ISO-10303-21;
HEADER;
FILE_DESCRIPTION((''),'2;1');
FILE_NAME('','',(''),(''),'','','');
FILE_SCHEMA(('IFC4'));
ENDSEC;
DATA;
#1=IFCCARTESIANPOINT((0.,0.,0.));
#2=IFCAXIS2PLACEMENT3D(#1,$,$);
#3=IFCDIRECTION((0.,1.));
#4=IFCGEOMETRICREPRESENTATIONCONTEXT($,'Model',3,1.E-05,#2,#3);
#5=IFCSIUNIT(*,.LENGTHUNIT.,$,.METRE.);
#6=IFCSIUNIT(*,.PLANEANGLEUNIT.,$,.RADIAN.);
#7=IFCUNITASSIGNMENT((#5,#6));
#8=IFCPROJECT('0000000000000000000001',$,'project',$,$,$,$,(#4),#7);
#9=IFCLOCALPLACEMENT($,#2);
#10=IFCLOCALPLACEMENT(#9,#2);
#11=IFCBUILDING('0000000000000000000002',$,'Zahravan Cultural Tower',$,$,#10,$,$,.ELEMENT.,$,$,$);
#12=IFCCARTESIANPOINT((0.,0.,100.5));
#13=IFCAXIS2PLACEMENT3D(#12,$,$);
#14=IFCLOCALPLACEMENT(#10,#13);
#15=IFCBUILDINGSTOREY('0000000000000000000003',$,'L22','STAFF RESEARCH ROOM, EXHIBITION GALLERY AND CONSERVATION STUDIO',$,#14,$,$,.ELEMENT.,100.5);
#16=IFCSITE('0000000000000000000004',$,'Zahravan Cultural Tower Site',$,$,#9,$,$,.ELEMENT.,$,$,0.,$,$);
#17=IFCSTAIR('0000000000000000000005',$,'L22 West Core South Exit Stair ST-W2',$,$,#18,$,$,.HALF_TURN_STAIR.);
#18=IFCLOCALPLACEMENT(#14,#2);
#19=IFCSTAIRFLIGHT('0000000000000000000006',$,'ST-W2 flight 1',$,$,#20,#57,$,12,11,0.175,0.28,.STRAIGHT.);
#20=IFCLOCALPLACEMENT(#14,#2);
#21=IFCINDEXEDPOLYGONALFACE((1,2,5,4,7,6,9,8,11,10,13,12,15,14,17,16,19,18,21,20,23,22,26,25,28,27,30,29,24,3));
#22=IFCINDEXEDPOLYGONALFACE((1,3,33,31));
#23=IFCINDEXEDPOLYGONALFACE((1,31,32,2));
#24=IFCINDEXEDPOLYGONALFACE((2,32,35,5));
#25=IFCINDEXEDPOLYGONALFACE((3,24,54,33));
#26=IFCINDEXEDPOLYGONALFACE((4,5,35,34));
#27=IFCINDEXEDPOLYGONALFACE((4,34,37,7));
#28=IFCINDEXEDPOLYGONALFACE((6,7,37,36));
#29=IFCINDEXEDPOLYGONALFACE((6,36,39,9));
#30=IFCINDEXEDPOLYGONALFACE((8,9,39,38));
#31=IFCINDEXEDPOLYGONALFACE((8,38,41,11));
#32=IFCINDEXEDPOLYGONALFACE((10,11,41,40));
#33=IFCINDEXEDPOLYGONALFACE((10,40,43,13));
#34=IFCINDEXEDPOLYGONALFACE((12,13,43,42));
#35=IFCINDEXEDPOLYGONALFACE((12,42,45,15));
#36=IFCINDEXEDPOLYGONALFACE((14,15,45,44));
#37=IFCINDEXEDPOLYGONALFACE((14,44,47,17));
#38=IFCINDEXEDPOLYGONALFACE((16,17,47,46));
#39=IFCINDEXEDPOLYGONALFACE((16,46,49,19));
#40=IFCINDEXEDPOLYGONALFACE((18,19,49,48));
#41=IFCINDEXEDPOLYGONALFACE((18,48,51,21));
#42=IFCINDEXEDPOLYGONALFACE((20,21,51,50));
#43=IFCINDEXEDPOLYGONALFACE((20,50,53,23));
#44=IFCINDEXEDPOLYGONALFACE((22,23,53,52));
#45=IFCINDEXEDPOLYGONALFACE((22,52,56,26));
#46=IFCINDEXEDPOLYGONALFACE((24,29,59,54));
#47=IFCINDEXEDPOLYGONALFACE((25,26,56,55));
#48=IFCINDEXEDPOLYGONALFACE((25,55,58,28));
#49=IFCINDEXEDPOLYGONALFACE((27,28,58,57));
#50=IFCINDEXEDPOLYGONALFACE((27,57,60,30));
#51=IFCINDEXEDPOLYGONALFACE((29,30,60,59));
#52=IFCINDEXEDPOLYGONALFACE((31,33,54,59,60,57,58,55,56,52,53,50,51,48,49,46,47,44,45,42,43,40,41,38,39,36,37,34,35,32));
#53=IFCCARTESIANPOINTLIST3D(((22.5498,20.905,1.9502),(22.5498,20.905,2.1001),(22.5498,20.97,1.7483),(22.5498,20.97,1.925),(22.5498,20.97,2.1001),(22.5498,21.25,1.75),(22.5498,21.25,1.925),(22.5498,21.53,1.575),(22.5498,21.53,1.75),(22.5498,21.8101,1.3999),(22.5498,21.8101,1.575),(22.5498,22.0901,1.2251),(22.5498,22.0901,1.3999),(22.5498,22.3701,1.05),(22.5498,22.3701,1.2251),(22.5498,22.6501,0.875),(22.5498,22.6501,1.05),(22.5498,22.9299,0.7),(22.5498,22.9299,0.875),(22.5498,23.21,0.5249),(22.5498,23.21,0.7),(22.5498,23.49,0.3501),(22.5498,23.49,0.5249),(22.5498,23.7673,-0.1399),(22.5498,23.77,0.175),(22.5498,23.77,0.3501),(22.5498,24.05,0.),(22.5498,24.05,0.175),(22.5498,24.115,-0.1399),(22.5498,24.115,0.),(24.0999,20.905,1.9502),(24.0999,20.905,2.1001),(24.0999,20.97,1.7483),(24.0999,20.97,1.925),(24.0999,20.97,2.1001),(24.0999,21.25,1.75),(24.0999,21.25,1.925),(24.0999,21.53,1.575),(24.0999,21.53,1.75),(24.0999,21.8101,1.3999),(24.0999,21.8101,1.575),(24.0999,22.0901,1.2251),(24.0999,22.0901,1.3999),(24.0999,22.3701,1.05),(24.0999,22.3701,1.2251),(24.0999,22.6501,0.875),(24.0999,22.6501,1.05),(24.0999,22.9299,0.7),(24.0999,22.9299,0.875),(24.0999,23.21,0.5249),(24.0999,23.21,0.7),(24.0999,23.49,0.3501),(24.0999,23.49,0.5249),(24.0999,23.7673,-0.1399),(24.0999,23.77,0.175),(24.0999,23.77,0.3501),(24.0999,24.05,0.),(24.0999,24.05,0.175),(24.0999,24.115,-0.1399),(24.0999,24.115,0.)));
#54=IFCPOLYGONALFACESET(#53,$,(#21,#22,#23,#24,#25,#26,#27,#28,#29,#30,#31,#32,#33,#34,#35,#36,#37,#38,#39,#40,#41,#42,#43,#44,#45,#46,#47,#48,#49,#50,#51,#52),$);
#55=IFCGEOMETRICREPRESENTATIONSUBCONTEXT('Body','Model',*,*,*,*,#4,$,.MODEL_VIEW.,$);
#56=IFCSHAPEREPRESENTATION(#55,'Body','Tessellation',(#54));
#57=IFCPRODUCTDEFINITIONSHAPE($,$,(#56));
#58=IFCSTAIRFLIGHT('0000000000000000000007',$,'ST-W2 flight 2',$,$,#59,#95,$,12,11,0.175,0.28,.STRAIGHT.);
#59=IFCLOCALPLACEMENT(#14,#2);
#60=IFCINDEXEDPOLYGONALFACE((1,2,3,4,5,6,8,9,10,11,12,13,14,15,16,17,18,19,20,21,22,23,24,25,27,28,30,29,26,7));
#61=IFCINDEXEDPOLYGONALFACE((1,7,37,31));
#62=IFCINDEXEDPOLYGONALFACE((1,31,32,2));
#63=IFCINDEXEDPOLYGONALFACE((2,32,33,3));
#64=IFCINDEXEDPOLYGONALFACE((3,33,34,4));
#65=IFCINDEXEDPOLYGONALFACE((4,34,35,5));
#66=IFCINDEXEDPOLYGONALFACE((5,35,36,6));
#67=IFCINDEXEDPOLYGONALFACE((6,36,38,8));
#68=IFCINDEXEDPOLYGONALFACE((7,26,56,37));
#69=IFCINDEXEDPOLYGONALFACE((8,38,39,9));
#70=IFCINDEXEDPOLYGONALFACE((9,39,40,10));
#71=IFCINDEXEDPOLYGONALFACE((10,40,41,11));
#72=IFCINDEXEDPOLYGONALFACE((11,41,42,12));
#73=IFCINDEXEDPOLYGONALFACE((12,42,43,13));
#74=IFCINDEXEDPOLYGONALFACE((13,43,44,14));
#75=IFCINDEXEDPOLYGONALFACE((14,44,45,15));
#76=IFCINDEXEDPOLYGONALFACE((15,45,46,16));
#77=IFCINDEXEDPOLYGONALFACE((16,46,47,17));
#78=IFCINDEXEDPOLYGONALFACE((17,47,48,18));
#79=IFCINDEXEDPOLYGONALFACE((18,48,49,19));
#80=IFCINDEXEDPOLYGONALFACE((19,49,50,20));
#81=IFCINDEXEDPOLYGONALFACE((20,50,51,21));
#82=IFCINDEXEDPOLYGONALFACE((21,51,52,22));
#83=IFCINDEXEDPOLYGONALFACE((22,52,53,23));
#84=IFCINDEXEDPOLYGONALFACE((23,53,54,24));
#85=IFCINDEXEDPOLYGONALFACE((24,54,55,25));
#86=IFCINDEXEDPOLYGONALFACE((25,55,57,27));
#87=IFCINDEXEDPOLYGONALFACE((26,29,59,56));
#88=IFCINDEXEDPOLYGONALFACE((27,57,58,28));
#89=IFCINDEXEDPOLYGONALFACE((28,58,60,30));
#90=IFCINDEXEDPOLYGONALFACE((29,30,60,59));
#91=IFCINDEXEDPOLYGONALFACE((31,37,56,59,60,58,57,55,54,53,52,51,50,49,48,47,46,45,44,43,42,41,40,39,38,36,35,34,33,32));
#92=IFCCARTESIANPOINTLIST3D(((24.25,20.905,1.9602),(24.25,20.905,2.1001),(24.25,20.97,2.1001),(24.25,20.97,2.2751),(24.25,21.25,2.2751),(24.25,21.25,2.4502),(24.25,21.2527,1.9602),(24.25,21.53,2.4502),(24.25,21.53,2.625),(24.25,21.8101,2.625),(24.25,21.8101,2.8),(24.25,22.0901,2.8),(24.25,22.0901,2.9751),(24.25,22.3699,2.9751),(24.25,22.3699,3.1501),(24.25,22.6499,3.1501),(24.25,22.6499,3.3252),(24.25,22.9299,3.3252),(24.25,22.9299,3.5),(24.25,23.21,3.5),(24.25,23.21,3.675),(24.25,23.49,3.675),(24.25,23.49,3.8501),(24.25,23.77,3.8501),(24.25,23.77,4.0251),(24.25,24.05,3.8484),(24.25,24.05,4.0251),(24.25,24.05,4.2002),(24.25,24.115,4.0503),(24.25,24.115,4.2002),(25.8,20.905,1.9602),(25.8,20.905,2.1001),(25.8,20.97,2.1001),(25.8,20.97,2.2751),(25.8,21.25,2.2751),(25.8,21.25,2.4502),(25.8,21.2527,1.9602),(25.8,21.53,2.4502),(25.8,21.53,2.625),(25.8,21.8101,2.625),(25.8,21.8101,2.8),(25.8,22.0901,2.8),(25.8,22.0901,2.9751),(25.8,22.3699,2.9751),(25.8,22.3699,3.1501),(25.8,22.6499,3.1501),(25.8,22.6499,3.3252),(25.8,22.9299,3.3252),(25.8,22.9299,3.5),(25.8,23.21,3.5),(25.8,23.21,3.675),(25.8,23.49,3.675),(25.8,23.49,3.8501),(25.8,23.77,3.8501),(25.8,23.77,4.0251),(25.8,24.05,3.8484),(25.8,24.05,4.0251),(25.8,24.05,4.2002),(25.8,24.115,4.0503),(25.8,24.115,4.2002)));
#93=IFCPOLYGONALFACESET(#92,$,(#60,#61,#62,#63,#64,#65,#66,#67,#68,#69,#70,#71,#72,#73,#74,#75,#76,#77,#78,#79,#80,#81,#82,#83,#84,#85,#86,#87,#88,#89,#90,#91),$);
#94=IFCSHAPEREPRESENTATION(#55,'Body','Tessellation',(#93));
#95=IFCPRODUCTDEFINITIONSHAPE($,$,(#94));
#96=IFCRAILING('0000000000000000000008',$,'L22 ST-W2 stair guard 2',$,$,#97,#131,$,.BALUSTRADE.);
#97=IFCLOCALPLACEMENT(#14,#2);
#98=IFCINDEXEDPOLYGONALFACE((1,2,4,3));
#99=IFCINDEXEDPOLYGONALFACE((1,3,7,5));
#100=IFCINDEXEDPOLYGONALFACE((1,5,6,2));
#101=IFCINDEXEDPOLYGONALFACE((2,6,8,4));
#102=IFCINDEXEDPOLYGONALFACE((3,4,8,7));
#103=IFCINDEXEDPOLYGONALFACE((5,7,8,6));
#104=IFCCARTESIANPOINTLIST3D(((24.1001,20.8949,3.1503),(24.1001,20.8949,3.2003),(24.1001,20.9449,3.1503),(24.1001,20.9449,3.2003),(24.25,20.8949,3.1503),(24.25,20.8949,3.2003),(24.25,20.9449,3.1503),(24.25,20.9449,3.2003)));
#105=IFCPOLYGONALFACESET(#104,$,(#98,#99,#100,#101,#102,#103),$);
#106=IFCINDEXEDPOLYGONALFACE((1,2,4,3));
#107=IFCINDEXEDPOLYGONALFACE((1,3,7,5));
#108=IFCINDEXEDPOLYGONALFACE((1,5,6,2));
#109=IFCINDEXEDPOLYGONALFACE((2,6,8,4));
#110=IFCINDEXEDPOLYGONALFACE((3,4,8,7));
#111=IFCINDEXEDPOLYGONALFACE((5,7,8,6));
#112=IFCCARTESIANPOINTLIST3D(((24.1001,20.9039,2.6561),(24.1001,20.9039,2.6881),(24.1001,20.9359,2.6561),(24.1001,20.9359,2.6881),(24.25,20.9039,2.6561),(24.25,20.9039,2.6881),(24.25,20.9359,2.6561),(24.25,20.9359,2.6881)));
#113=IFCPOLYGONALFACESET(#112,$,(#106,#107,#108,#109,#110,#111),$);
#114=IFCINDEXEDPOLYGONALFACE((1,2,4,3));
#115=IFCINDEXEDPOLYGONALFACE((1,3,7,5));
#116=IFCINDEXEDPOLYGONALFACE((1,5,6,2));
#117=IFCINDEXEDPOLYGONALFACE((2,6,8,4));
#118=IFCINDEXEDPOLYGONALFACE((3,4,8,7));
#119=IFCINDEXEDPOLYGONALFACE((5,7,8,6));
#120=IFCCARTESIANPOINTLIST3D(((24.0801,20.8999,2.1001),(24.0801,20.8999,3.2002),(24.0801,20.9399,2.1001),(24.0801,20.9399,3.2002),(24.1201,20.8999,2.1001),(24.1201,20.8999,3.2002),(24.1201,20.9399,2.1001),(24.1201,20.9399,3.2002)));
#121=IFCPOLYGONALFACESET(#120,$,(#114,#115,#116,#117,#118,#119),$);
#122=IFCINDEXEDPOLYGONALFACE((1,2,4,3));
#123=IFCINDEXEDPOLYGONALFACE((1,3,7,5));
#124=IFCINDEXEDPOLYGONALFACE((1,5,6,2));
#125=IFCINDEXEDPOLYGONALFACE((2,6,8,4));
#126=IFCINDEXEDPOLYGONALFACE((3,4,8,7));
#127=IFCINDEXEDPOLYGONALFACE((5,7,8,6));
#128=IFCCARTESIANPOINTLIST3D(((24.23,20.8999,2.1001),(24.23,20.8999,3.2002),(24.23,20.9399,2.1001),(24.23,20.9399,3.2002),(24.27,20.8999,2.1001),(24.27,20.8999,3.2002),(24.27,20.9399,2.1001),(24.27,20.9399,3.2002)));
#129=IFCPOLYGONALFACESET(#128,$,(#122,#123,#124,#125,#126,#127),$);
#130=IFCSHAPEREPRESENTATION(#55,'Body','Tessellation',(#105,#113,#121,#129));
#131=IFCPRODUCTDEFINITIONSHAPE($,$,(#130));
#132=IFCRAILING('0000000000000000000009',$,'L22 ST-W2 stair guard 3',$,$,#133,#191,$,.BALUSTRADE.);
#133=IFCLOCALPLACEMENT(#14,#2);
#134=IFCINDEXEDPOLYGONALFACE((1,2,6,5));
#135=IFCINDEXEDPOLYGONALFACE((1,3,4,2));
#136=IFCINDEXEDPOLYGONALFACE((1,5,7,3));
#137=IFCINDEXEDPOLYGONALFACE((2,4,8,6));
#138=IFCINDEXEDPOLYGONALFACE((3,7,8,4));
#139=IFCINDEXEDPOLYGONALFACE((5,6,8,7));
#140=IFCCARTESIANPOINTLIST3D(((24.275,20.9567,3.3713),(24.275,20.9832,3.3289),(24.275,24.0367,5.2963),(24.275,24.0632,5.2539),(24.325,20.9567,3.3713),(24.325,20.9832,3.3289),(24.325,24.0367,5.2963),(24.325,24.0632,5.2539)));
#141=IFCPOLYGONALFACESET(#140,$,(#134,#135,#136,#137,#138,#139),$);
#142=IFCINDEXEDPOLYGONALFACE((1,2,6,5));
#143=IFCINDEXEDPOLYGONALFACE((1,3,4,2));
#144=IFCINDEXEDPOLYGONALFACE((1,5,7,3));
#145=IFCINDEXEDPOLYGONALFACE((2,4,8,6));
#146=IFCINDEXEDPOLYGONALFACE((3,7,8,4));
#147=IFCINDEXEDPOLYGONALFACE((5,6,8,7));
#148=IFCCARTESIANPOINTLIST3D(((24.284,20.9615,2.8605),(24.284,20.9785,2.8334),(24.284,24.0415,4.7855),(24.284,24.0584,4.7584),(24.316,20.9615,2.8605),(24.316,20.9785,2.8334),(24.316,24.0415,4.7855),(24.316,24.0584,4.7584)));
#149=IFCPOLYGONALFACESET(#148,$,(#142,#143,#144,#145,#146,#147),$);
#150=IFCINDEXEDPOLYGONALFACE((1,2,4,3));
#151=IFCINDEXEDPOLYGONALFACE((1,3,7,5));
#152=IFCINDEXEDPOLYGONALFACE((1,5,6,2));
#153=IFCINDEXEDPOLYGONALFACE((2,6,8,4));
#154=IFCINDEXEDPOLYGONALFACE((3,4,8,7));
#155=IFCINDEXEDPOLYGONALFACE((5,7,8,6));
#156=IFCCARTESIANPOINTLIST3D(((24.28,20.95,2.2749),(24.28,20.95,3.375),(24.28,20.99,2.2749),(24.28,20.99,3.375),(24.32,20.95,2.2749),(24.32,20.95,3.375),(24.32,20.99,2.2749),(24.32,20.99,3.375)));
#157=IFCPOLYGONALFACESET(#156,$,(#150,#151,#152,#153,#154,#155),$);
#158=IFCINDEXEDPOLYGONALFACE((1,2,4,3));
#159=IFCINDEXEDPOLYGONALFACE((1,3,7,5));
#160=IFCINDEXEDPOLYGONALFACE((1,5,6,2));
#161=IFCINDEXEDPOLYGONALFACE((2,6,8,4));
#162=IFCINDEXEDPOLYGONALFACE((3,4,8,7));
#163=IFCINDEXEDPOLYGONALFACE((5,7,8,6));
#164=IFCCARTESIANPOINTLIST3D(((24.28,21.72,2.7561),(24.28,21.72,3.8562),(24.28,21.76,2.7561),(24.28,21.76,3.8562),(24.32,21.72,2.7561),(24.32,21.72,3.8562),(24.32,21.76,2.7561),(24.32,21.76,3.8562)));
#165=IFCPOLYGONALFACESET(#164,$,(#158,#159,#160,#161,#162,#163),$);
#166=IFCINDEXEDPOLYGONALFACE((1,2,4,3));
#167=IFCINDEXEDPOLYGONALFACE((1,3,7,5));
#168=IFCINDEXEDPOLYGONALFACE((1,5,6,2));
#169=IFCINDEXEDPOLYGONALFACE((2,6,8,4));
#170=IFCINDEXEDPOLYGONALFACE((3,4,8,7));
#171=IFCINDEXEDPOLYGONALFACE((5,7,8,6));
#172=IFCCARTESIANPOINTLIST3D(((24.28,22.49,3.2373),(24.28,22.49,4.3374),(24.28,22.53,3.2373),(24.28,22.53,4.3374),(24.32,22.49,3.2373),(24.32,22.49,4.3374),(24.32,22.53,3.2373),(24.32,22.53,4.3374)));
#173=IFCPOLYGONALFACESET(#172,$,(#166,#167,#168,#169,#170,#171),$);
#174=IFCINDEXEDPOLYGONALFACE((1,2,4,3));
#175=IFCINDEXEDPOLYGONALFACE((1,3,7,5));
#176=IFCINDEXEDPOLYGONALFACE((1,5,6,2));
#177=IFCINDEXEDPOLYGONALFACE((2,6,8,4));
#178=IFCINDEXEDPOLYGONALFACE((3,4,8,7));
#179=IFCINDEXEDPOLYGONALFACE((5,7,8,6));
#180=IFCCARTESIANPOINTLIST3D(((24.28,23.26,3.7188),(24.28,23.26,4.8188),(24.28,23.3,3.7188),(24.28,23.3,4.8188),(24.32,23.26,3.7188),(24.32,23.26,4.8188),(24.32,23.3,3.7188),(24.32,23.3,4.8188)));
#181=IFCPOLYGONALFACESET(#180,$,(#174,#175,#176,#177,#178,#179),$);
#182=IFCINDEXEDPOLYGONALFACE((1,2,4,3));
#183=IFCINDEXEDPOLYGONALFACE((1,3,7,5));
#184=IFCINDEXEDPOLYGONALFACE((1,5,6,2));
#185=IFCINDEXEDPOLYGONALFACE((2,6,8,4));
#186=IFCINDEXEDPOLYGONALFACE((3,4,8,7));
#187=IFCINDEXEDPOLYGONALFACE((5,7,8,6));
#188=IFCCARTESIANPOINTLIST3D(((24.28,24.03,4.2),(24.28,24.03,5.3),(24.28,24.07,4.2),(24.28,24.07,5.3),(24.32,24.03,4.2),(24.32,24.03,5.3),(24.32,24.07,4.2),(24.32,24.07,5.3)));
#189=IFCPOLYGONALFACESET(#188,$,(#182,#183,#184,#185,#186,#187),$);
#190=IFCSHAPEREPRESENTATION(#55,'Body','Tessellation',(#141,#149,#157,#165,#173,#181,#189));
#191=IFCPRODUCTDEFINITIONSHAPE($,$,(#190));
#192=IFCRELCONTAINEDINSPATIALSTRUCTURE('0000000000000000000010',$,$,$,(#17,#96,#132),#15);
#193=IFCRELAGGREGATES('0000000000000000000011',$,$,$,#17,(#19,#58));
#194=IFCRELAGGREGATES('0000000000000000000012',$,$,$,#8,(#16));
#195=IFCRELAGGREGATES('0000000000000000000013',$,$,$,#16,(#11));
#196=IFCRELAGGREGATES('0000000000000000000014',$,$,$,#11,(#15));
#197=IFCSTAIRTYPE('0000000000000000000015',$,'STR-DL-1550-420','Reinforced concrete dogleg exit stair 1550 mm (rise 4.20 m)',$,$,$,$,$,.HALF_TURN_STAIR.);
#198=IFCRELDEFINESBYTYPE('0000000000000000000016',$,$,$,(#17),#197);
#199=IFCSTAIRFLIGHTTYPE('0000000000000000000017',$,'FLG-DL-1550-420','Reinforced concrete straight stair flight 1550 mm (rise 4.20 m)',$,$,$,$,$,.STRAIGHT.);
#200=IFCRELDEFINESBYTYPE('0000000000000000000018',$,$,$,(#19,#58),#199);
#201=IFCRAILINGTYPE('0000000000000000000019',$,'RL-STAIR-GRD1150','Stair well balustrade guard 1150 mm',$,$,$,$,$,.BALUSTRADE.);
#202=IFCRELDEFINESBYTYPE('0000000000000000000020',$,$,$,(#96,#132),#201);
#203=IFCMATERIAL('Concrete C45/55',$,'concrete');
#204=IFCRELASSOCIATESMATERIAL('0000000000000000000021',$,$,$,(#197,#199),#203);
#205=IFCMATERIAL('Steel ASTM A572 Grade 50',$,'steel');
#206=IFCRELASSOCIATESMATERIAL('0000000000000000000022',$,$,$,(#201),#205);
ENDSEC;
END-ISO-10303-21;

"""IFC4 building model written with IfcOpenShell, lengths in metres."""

from ifc_helpers import new_model, si_unit, direction, frame, origin, origin_2d, place, context, subcontext, project, spatial, polyline, rectangle, outline, extrude, material, type_object, element, aggregate, save


model = new_model("IFC4")

# Units and contexts
model_context = context("Model", 3, precision=1e-05, world=origin(), true_north=direction((0.0, 1.0)))
body_context = subcontext(model_context, "Body", "Model", "MODEL_VIEW")
ifc_project = project(units=[si_unit("LENGTHUNIT", "METRE"), si_unit("PLANEANGLEUNIT", "RADIAN")], contexts=[model_context])

# Site, building, storey
site_placement = place(None, origin())
site = spatial("IfcSite", under=ifc_project, at=site_placement, Name="Zahravan Cultural Tower Site", CompositionType="ELEMENT", RefElevation=0.0)
building_placement = place(site_placement, origin())
building = spatial("IfcBuilding", under=site, at=building_placement, Name="Zahravan Cultural Tower", CompositionType="ELEMENT")
storey_placement = place(building_placement, frame((0.0, 0.0, 100.5)))
storey = spatial("IfcBuildingStorey", under=building, at=storey_placement, Name="L22", Description="STAFF RESEARCH ROOM, EXHIBITION GALLERY AND CONSERVATION STUDIO", CompositionType="ELEMENT", Elevation=100.5)

# Shared definitions
ifc_material_1 = material(Name="Steel ASTM A572 Grade 50", Category="steel")
ifc_material_2 = material(Name="Concrete C45/55", Category="concrete")

# Stair, stair flights
stair_type = type_object("IfcStairType", Name="STR-DL-1550-420", Description="Reinforced concrete dogleg exit stair 1550 mm (rise 4.20 m)", PredefinedType="HALF_TURN_STAIR", material=ifc_material_2)
stair_placement = place(storey_placement, origin())
stair = element("IfcStair", 1, at=stair_placement, inside=storey, type_object=stair_type, Name="L22 West Core South Exit Stair ST-W2", PredefinedType="HALF_TURN_STAIR")
stair_flight_type = type_object("IfcStairFlightType", Name="FLG-DL-1550-420", Description="Reinforced concrete straight stair flight 1550 mm (rise 4.20 m)", PredefinedType="STRAIGHT", material=ifc_material_2)
stair_flight_1_placement = place(storey_placement, frame((23.325, 24.05, 0.0), z_axis=(0.0, 0.0, 1.0), x_axis=(0.0, -1.0, 0.0)))
stair_flight_1 = element("IfcStairFlight", 2, at=stair_flight_1_placement, type_object=stair_flight_type, Name="ST-W2 flight 1", NumberOfRisers=12, NumberOfTreads=11, PredefinedType="STRAIGHT", RiserHeight=0.175, TreadLength=0.28, context=body_context, shape_type="SweptSolid", body=[
    extrude(outline(polyline([(-0.0649, -0.1399), (-0.0649, 0.0), (0.0, 0.0), (0.0, 0.175), (0.28, 0.175), (0.28, 0.3501), (0.5601, 0.3501), (0.5601, 0.5249), (0.8401, 0.5249), (0.8401, 0.7), (1.1201, 0.7), (1.1201, 0.875), (1.3999, 0.875), (1.3999, 1.05), (1.6799, 1.05), (1.6799, 1.2251), (1.96, 1.2251), (1.96, 1.3999), (2.24, 1.3999), (2.24, 1.575), (2.52, 1.575), (2.52, 1.75), (2.8, 1.75), (2.8, 1.925), (3.0801, 1.925), (3.0801, 2.1001), (3.145, 2.1001), (3.145, 1.9502), (3.0801, 1.7483), (0.2827, -0.1399), (-0.0649, -0.1399)])), frame((0.0, 0.7749, 0.0), z_axis=(0.0, -1.0, 0.0), x_axis=(1.0, 0.0, 0.0)), (0.0, 0.0, 1.0), 1.55),
])
stair_flight_2_placement = place(storey_placement, frame((25.0249, 20.97, 2.1001), z_axis=(0.0, 0.0, 1.0), x_axis=(0.0, 1.0, 0.0)))
stair_flight_2 = element("IfcStairFlight", 3, at=stair_flight_2_placement, type_object=stair_flight_type, Name="ST-W2 flight 2", NumberOfRisers=12, NumberOfTreads=11, PredefinedType="STRAIGHT", RiserHeight=0.175, TreadLength=0.28, context=body_context, shape_type="SweptSolid", body=[
    extrude(outline(polyline([(-0.0649, -0.1399), (-0.0649, 0.0), (0.0, 0.0), (0.0, 0.175), (0.28, 0.175), (0.28, 0.3501), (0.5601, 0.3501), (0.5601, 0.5249), (0.8401, 0.5249), (0.8401, 0.7), (1.1201, 0.7), (1.1201, 0.875), (1.3999, 0.875), (1.3999, 1.05), (1.6799, 1.05), (1.6799, 1.2251), (1.96, 1.2251), (1.96, 1.3999), (2.24, 1.3999), (2.24, 1.575), (2.52, 1.575), (2.52, 1.75), (2.8, 1.75), (2.8, 1.925), (3.0801, 1.925), (3.0801, 2.1001), (3.145, 2.1001), (3.145, 1.9502), (3.0801, 1.7483), (0.2827, -0.1399), (-0.0649, -0.1399)])), frame((0.0, 0.7749, 0.0), z_axis=(0.0, -1.0, 0.0), x_axis=(1.0, 0.0, 0.0)), (0.0, 0.0, 1.0), 1.55),
])
aggregate(stair, [stair_flight_1, stair_flight_2])

# Railings
railing_type_1 = type_object("IfcRailingType", Name="RL-STAIR-GRD1150", Description="Stair well balustrade guard 1150 mm", PredefinedType="BALUSTRADE", material=ifc_material_1)
railing_1_placement = place(storey_placement, frame((24.1001, 20.9199, 2.1001)))
element("IfcRailing", 4, at=railing_1_placement, inside=storey, type_object=railing_type_1, Name="L22 ST-W2 stair guard 2", PredefinedType="BALUSTRADE", context=body_context, shape_type="SweptSolid", body=[
    extrude(rectangle(XDim=0.05, YDim=0.05, at=origin_2d()), frame((0.0, 0.0, 1.0752), z_axis=(1.0, 0.0, 0.0), x_axis=(0.0, 1.0, 0.0)), (0.0, 0.0, 1.0), 0.1499),
    extrude(rectangle(XDim=0.032, YDim=0.032, at=origin_2d()), frame((0.0, 0.0, 0.572), z_axis=(1.0, 0.0, 0.0), x_axis=(0.0, 1.0, 0.0)), (0.0, 0.0, 1.0), 0.1499),
    extrude(rectangle(XDim=0.04, YDim=0.04, at=origin_2d()), origin(), (0.0, 0.0, 1.0), 1.1001),
    extrude(rectangle(XDim=0.04, YDim=0.04, at=origin_2d()), frame((0.1499, 0.0, 0.0)), (0.0, 0.0, 1.0), 1.1001),
])
railing_2_placement = place(storey_placement, frame((24.3, 20.97, 2.2749)))
element("IfcRailing", 5, at=railing_2_placement, inside=storey, type_object=railing_type_1, Name="L22 ST-W2 stair guard 3", PredefinedType="BALUSTRADE", context=body_context, shape_type="SweptSolid", body=[
    extrude(rectangle(XDim=0.05, YDim=0.05, at=origin_2d()), frame((0.0, 0.0, 1.0752), z_axis=(0.0, 0.847998, 0.529999), x_axis=(-1.0, 0.0, 0.0)), (0.0, 0.0, 1.0), 3.6321),
    extrude(rectangle(XDim=0.032, YDim=0.032, at=origin_2d()), frame((0.0, 0.0, 0.572), z_axis=(0.0, 0.847998, 0.529999), x_axis=(-1.0, 0.0, 0.0)), (0.0, 0.0, 1.0), 3.6321),
    extrude(rectangle(XDim=0.04, YDim=0.04, at=origin_2d()), origin(), (0.0, 0.0, 1.0), 1.1001),
    extrude(rectangle(XDim=0.04, YDim=0.04, at=origin_2d()), frame((0.0, 0.77, 0.4812)), (0.0, 0.0, 1.0), 1.1001),
    extrude(rectangle(XDim=0.04, YDim=0.04, at=origin_2d()), frame((0.0, 1.54, 0.9624)), (0.0, 0.0, 1.0), 1.1001),
    extrude(rectangle(XDim=0.04, YDim=0.04, at=origin_2d()), frame((0.0, 2.3101, 1.4438)), (0.0, 0.0, 1.0), 1.1001),
    extrude(rectangle(XDim=0.04, YDim=0.04, at=origin_2d()), frame((0.0, 3.0801, 1.925)), (0.0, 0.0, 1.0), 1.1001),
])

save(model, "model.ifc")
